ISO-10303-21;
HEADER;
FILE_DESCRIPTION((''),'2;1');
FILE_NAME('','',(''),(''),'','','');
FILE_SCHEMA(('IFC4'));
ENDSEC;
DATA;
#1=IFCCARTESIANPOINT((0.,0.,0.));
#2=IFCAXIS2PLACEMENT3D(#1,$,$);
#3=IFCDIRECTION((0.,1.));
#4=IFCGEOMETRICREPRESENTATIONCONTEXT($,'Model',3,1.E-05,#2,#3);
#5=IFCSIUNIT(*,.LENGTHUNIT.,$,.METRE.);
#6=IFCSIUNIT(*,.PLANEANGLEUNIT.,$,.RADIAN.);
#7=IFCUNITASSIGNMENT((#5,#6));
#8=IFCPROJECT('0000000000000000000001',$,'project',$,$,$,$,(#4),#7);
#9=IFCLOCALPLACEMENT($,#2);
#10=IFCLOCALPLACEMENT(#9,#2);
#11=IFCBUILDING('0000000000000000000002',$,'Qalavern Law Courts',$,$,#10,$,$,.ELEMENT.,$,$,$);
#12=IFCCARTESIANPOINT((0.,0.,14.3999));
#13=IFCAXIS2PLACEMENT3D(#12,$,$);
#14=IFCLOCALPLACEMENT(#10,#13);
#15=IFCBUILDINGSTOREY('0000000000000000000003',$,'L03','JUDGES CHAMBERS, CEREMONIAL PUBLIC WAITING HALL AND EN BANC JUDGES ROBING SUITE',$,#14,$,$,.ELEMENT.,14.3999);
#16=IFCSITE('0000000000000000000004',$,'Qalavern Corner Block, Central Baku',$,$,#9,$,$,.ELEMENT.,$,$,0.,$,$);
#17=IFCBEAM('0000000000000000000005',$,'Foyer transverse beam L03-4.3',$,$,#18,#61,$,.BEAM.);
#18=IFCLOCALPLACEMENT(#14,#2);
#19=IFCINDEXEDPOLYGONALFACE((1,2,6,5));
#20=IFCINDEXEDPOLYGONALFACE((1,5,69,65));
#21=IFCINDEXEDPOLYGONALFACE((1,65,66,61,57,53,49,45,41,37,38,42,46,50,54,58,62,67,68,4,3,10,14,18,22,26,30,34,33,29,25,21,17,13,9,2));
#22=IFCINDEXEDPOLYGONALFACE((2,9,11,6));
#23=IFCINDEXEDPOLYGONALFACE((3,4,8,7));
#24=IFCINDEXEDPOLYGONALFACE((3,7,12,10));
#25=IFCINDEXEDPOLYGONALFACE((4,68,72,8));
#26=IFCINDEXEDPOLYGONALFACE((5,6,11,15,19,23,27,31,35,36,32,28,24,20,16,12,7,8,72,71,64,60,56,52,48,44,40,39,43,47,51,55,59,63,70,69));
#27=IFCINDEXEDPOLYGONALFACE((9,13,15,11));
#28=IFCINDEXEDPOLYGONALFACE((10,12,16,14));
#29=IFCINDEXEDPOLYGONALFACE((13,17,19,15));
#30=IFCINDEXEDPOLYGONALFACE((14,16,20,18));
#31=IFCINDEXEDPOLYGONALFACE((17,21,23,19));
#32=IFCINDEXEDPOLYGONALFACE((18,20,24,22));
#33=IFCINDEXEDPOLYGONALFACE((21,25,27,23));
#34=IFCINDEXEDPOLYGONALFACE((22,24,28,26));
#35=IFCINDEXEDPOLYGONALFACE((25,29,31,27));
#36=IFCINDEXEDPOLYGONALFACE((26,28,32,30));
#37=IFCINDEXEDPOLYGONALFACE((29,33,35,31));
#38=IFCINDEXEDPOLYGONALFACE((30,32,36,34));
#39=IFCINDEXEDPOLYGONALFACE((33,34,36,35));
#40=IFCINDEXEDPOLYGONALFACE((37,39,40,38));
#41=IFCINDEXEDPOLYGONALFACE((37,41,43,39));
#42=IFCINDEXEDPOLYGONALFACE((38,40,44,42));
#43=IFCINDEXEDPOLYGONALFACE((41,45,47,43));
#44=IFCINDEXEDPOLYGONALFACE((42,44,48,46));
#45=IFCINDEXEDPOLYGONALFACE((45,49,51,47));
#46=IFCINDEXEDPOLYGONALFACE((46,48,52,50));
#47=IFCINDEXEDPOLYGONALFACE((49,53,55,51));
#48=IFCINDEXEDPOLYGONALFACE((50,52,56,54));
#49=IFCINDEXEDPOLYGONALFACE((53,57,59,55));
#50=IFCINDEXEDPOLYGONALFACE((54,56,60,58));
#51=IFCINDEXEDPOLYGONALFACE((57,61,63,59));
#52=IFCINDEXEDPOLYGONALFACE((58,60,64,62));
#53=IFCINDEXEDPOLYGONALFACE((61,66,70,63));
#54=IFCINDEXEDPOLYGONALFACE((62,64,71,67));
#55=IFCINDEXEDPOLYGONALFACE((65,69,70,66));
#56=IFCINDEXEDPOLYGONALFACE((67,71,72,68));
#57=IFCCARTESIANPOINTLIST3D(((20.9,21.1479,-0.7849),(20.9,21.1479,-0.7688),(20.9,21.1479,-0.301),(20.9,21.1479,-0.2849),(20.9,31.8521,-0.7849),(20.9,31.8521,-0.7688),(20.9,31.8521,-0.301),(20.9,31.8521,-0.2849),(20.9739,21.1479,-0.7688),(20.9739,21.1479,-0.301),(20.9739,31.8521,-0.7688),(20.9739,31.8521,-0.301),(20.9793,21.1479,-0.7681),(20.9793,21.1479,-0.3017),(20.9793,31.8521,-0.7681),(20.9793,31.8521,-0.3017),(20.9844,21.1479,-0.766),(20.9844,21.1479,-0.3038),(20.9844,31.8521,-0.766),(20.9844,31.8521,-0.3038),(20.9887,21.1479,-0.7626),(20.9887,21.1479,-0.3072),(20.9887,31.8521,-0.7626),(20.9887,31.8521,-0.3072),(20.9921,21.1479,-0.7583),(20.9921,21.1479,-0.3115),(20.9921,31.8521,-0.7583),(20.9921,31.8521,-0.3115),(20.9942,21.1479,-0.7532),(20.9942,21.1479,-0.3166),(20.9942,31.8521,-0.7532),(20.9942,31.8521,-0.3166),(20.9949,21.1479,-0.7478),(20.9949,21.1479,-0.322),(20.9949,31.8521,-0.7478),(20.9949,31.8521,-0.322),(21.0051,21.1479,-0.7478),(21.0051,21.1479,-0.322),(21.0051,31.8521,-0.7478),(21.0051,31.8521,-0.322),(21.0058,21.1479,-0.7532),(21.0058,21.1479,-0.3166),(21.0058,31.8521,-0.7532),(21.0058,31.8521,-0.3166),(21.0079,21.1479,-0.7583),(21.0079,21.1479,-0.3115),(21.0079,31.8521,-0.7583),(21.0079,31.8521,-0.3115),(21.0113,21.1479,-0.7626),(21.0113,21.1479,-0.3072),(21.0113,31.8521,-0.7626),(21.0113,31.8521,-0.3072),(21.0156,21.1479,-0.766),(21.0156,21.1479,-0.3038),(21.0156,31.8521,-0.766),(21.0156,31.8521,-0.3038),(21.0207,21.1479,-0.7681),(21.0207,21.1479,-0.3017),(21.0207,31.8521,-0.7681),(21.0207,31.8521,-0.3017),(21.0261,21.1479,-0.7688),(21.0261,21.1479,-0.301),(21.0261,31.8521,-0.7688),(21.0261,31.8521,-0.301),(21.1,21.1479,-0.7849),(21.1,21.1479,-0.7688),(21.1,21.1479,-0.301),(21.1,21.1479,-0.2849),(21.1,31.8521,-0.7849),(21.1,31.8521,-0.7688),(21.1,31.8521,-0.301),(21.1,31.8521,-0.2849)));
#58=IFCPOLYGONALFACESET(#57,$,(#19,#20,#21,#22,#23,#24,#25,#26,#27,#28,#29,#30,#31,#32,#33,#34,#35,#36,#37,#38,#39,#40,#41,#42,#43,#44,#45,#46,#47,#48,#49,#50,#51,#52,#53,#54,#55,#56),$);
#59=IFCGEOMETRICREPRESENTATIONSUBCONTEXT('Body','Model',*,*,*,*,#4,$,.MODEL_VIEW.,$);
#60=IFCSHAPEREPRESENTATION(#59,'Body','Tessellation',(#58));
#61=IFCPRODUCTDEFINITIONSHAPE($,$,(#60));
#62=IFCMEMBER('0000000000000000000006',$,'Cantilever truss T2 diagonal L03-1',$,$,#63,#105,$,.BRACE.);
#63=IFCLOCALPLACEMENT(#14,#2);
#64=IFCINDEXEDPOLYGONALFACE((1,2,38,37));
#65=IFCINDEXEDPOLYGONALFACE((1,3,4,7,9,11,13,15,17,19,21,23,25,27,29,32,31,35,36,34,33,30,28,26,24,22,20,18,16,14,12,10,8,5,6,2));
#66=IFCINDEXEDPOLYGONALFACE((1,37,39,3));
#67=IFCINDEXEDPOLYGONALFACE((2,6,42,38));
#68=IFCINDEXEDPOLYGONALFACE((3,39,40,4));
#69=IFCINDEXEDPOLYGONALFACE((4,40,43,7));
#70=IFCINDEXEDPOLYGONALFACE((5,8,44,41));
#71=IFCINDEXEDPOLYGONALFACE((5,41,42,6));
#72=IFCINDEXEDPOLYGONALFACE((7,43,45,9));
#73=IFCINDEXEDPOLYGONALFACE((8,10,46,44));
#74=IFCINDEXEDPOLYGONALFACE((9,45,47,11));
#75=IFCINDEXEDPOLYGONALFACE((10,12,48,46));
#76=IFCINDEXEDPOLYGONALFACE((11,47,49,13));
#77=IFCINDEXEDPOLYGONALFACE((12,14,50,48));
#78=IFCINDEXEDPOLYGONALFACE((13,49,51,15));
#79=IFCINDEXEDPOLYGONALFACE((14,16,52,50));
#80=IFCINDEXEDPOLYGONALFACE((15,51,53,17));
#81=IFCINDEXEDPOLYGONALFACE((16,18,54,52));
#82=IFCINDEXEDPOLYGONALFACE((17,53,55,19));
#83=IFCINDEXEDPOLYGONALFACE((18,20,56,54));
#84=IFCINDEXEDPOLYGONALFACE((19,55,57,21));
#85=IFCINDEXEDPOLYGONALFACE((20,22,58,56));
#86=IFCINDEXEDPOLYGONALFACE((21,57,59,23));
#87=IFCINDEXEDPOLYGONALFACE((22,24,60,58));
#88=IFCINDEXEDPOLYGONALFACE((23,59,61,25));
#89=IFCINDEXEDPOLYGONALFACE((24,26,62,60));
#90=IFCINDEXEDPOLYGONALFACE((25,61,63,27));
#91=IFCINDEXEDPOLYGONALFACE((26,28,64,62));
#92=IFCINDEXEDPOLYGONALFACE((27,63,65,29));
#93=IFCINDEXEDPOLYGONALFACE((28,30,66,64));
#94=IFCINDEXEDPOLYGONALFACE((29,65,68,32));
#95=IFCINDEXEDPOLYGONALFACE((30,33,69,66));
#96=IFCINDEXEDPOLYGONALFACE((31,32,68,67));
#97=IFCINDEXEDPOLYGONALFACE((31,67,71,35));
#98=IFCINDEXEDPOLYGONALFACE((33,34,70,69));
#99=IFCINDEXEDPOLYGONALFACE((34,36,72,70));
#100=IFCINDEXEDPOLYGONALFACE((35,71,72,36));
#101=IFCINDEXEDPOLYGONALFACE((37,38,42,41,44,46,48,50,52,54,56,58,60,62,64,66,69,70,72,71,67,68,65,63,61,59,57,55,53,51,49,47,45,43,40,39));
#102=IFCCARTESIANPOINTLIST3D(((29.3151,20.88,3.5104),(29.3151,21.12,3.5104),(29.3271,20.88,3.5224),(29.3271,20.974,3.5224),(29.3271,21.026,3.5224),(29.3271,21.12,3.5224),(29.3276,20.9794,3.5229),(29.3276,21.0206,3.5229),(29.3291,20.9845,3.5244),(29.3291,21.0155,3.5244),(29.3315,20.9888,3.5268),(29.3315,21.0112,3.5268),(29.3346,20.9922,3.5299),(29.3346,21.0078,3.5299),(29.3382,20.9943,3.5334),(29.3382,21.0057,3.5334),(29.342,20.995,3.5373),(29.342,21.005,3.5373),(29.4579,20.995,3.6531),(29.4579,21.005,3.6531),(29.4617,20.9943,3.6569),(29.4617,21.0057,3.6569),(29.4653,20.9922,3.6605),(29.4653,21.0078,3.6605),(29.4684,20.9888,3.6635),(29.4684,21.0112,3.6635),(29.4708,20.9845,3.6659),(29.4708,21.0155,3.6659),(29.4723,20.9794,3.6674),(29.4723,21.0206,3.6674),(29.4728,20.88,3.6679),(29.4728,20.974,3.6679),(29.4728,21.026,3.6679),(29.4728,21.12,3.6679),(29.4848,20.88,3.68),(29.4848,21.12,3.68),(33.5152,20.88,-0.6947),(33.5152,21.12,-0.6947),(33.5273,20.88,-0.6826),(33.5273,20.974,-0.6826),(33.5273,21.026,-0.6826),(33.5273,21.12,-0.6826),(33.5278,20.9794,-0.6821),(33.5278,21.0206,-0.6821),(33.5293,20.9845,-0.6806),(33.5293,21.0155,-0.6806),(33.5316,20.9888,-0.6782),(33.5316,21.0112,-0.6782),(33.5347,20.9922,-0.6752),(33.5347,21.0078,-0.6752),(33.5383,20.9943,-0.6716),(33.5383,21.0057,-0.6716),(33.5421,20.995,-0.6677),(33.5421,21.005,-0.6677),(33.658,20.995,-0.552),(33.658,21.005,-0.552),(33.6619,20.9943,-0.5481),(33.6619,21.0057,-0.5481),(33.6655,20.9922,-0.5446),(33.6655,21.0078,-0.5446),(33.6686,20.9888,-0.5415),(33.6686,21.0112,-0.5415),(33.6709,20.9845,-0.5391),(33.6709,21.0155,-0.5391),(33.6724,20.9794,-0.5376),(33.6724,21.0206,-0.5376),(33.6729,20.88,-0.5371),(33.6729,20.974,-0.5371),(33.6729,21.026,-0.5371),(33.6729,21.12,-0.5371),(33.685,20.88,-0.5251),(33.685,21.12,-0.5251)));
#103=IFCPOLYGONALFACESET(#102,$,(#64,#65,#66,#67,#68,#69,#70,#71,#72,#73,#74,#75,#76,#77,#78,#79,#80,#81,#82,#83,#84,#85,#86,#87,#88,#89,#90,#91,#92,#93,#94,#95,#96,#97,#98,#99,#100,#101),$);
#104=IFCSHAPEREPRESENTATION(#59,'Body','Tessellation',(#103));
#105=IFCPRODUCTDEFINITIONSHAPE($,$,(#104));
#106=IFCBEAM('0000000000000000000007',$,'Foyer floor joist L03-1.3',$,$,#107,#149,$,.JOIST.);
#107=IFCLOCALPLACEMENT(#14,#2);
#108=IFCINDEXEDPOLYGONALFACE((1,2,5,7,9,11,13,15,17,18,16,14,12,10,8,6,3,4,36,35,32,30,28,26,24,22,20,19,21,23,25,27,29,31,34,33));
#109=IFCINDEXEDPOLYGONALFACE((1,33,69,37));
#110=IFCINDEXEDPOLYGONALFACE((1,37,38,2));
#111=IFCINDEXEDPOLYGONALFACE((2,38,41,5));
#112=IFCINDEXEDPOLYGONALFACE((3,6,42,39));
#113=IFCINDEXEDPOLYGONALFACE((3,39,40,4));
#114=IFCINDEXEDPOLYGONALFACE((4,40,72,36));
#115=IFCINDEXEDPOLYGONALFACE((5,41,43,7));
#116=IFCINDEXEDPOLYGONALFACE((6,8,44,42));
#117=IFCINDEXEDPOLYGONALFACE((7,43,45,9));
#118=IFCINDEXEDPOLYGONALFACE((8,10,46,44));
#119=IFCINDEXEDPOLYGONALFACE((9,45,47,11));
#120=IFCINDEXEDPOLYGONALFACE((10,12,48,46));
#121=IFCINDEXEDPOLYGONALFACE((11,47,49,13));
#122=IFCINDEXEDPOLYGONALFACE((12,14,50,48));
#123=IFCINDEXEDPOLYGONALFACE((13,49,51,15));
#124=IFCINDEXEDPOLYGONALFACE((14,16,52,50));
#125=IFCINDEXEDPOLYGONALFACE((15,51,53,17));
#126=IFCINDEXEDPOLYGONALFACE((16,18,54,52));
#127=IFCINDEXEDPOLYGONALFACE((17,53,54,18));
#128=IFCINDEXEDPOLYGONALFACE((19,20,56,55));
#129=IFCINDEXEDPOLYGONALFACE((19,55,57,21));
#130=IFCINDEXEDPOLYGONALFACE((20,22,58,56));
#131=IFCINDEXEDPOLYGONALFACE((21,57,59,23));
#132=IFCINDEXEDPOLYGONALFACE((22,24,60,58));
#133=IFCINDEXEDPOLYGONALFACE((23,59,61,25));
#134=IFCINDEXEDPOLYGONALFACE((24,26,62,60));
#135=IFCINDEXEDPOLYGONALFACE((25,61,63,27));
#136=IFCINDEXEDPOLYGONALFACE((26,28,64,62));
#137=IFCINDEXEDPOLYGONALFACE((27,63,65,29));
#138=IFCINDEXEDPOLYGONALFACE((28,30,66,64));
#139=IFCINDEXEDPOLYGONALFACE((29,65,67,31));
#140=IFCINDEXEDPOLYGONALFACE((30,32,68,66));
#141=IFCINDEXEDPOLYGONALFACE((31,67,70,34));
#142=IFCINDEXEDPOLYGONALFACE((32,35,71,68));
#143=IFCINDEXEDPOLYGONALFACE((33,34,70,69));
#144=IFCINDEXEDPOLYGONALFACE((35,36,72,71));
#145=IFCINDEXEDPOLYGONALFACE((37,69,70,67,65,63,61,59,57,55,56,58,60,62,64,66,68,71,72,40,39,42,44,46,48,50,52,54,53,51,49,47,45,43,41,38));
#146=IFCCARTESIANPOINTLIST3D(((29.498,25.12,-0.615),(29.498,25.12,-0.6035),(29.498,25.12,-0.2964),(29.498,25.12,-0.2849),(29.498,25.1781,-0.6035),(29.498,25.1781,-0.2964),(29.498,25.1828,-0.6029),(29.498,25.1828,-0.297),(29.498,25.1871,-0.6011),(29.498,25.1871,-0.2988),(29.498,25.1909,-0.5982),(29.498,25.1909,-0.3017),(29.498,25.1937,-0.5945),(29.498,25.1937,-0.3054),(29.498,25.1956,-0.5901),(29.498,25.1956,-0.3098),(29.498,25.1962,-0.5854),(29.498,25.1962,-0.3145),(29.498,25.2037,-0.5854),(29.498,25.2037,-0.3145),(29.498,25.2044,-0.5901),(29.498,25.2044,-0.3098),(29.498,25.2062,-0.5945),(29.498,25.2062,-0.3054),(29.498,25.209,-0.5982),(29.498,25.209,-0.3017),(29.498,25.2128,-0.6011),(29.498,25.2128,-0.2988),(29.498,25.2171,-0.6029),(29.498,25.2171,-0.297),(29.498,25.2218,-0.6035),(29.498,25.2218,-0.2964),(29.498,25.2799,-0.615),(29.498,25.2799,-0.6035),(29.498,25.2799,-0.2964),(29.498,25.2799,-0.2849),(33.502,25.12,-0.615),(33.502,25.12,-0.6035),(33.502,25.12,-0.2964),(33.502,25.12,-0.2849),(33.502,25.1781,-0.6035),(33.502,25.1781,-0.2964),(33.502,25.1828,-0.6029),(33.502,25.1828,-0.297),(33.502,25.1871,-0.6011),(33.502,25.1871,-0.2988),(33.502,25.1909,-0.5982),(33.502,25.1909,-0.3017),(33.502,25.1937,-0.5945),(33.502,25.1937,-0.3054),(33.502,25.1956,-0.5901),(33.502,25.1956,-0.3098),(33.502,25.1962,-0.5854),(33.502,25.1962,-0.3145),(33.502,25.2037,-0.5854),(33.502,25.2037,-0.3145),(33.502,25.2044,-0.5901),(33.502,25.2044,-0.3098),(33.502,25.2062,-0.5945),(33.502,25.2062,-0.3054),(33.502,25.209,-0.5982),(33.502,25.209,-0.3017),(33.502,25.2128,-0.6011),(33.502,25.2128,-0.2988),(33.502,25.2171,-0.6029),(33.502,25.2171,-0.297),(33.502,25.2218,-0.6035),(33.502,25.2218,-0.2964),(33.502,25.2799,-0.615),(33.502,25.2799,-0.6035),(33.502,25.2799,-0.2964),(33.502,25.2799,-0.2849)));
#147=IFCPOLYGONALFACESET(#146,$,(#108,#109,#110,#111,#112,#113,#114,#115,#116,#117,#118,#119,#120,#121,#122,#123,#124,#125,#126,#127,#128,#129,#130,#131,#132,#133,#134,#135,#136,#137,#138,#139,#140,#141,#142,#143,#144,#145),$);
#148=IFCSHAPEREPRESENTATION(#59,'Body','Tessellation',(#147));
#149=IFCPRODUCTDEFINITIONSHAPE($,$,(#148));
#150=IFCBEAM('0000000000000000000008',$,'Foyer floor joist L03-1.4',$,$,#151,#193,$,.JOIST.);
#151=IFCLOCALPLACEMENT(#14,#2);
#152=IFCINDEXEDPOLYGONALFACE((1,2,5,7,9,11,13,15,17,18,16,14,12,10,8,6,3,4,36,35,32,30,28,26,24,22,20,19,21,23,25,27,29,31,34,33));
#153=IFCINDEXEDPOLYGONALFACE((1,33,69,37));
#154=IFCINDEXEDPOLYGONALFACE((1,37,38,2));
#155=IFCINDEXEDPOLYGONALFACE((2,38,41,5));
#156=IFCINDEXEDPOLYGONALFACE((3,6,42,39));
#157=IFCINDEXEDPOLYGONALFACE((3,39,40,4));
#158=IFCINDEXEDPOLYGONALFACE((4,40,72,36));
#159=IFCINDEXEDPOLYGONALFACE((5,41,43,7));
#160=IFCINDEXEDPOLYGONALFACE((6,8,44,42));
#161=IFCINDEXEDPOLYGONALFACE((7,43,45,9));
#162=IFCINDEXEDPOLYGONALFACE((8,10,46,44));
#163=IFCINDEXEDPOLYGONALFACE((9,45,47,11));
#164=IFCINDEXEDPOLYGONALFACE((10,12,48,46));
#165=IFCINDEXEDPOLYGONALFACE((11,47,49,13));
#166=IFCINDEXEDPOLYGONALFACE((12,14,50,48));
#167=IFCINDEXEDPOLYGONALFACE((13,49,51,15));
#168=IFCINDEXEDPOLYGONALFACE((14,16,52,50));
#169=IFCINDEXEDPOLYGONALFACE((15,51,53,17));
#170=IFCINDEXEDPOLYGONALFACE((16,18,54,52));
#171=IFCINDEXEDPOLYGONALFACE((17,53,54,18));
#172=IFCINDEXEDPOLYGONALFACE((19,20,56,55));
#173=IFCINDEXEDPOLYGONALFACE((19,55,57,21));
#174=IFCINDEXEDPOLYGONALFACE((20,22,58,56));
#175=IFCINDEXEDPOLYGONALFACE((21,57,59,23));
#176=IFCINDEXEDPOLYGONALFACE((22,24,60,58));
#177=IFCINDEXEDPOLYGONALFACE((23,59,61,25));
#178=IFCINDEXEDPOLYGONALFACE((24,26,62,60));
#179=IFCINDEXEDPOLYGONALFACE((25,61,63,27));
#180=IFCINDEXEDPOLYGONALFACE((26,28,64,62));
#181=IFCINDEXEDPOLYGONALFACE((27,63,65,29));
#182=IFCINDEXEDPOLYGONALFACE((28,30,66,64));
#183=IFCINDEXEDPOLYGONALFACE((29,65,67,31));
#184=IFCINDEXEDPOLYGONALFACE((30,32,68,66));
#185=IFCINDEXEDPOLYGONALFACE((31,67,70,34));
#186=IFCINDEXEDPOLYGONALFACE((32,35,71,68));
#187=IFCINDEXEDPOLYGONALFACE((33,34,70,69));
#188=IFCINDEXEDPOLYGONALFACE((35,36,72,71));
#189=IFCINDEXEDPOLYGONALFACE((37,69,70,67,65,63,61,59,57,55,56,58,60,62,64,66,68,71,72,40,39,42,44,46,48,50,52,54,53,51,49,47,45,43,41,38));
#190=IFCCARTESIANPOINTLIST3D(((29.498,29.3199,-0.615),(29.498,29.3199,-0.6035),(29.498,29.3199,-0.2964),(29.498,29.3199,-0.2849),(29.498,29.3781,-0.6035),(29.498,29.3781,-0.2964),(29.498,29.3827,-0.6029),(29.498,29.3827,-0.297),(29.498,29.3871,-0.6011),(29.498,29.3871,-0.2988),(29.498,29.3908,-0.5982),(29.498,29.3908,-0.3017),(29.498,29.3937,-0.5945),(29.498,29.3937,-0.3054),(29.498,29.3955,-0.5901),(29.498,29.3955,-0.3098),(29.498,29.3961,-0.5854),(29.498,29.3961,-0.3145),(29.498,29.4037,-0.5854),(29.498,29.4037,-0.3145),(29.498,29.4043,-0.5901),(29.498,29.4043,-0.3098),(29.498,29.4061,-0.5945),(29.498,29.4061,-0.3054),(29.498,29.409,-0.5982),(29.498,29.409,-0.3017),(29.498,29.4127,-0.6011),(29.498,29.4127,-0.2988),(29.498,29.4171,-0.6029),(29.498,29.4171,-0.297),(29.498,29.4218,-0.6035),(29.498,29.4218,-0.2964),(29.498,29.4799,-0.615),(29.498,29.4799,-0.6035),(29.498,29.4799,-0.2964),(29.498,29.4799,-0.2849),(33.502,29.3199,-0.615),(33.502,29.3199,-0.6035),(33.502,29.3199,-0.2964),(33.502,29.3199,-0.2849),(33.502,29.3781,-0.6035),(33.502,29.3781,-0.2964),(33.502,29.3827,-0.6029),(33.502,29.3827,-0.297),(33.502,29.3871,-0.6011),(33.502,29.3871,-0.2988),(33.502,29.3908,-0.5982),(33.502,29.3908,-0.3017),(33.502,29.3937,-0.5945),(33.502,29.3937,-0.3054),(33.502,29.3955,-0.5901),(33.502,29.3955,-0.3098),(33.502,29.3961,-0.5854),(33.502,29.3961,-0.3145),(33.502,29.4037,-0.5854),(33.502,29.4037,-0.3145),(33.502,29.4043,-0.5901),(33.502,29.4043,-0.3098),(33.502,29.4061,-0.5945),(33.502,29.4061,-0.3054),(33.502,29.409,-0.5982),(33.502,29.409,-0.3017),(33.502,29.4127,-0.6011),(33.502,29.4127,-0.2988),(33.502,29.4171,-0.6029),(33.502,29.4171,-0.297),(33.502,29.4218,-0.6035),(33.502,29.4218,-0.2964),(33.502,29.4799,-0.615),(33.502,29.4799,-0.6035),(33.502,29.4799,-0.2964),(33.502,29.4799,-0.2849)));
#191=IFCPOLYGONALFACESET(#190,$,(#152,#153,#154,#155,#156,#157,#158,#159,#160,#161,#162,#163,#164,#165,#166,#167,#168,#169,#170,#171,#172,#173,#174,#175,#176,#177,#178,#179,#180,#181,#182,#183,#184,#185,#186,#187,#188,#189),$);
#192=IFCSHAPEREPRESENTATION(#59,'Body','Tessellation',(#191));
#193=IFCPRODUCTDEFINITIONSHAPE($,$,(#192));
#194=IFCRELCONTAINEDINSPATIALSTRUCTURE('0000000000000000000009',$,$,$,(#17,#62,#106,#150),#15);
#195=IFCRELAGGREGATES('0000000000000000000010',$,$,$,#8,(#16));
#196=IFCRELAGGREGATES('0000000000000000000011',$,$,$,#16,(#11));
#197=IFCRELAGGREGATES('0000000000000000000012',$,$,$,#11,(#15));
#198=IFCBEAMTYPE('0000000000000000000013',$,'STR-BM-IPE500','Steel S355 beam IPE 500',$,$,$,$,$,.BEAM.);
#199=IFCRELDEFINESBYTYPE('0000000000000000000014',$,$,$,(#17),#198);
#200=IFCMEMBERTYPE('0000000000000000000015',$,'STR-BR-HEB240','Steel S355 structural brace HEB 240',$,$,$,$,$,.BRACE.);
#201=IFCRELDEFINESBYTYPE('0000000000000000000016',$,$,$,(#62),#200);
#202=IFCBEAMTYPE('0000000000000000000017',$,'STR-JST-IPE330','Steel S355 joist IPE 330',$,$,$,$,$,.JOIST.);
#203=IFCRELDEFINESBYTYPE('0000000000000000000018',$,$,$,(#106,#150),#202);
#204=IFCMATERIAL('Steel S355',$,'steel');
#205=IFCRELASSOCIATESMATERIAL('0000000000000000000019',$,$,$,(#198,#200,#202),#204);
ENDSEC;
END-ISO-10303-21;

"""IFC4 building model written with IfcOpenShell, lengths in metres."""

from ifc_helpers import new_model, si_unit, direction, frame, origin, origin_2d, place, context, subcontext, project, spatial, i_section, extrude, material, material_profile, profile_set, type_object, element, save


model = new_model("IFC4")

# Units and contexts
model_context = context("Model", 3, precision=1e-05, world=origin(), true_north=direction((0.0, 1.0)))
body_context = subcontext(model_context, "Body", "Model", "MODEL_VIEW")
ifc_project = project(units=[si_unit("LENGTHUNIT", "METRE"), si_unit("PLANEANGLEUNIT", "RADIAN")], contexts=[model_context])

# Site, building, storey
site_placement = place(None, origin())
site = spatial("IfcSite", under=ifc_project, at=site_placement, Name="Qalavern Corner Block, Central Baku", CompositionType="ELEMENT", RefElevation=0.0)
building_placement = place(site_placement, origin())
building = spatial("IfcBuilding", under=site, at=building_placement, Name="Qalavern Law Courts", CompositionType="ELEMENT")
storey_placement = place(building_placement, frame((0.0, 0.0, 14.3999)))
storey = spatial("IfcBuildingStorey", under=building, at=storey_placement, Name="L03", Description="JUDGES CHAMBERS, CEREMONIAL PUBLIC WAITING HALL AND EN BANC JUDGES ROBING SUITE", CompositionType="ELEMENT", Elevation=14.3999)

# Beam
ifc_material_1 = material(Name="Steel S355", Category="steel")
ifc_material_profile_1 = material_profile(ifc_material_1, i_section(OverallWidth=0.2, OverallDepth=0.5, WebThickness=0.0103, FlangeThickness=0.0161, FilletRadius=0.021, at=origin_2d()), Name="IPE 500")
ifc_profile_set_1 = profile_set([ifc_material_profile_1], Name="Steel S355")
beam_type_1 = type_object("IfcBeamType", Name="STR-BM-IPE500", Description="Steel S355 beam IPE 500", PredefinedType="BEAM", material=ifc_profile_set_1)
for number, where, z_axis, x_axis, name in (
    (1, (21.0, 21.1479, -0.5349), (0.0, 1.0, 0.0), (-1.0, 0.0, 0.0), "Foyer transverse beam L03-4.3"),
):
    element("IfcBeam", number, at=place(storey_placement, frame(where, z_axis=z_axis, x_axis=x_axis)), inside=storey, type_object=beam_type_1, Name=name, PredefinedType="BEAM", context=body_context, shape_type="SweptSolid", body=[
        extrude(i_section(OverallWidth=0.2, OverallDepth=0.5, WebThickness=0.0103, FlangeThickness=0.0161, FilletRadius=0.021, at=origin_2d()), origin(), (0.0, 0.0, 1.0), 10.7041),
    ])

# Member
ifc_material_profile_2 = material_profile(ifc_material_1, i_section(OverallWidth=0.24, OverallDepth=0.24, WebThickness=0.01, FlangeThickness=0.0171, FilletRadius=0.021, at=origin_2d()), Name="HEB 240")
ifc_profile_set_2 = profile_set([ifc_material_profile_2], Name="Steel S355")
member_type_1 = type_object("IfcMemberType", Name="STR-BR-HEB240", Description="Steel S355 structural brace HEB 240", PredefinedType="BRACE", material=ifc_profile_set_2)
member_1_placement = place(storey_placement, frame((33.6001, 21.0, -0.6099), z_axis=(-0.706696, 0.0, 0.707517), x_axis=(0.0, -1.0, 0.0)))
element("IfcMember", 2, at=member_1_placement, inside=storey, type_object=member_type_1, Name="Cantilever truss T2 diagonal L03-1", PredefinedType="BRACE", context=body_context, shape_type="SweptSolid", body=[
    extrude(i_section(OverallWidth=0.24, OverallDepth=0.24, WebThickness=0.01, FlangeThickness=0.0171, FilletRadius=0.021, at=origin_2d()), origin(), (0.0, 0.0, 1.0), 5.9434),
])

# Beams
ifc_material_profile_3 = material_profile(ifc_material_1, i_section(OverallWidth=0.1599, OverallDepth=0.3301, WebThickness=0.0076, FlangeThickness=0.0115, FilletRadius=0.0181, at=origin_2d()), Name="IPE 330")
ifc_profile_set_3 = profile_set([ifc_material_profile_3], Name="Steel S355")
beam_type_2 = type_object("IfcBeamType", Name="STR-JST-IPE330", Description="Steel S355 joist IPE 330", PredefinedType="JOIST", material=ifc_profile_set_3)
for number, where, z_axis, x_axis, name in (
    (3, (29.498, 25.2, -0.45), (1.0, 0.0, 0.0), (0.0, 1.0, 0.0), "Foyer floor joist L03-1.3"),
    (4, (29.498, 29.3999, -0.45), (1.0, 0.0, 0.0), (0.0, 1.0, 0.0), "Foyer floor joist L03-1.4"),
):
    element("IfcBeam", number, at=place(storey_placement, frame(where, z_axis=z_axis, x_axis=x_axis)), inside=storey, type_object=beam_type_2, Name=name, PredefinedType="JOIST", context=body_context, shape_type="SweptSolid", body=[
        extrude(i_section(OverallWidth=0.1599, OverallDepth=0.3301, WebThickness=0.0076, FlangeThickness=0.0115, FilletRadius=0.0181, at=origin_2d()), origin(), (0.0, 0.0, 1.0), 4.0039),
    ])

save(model, "model.ifc")
